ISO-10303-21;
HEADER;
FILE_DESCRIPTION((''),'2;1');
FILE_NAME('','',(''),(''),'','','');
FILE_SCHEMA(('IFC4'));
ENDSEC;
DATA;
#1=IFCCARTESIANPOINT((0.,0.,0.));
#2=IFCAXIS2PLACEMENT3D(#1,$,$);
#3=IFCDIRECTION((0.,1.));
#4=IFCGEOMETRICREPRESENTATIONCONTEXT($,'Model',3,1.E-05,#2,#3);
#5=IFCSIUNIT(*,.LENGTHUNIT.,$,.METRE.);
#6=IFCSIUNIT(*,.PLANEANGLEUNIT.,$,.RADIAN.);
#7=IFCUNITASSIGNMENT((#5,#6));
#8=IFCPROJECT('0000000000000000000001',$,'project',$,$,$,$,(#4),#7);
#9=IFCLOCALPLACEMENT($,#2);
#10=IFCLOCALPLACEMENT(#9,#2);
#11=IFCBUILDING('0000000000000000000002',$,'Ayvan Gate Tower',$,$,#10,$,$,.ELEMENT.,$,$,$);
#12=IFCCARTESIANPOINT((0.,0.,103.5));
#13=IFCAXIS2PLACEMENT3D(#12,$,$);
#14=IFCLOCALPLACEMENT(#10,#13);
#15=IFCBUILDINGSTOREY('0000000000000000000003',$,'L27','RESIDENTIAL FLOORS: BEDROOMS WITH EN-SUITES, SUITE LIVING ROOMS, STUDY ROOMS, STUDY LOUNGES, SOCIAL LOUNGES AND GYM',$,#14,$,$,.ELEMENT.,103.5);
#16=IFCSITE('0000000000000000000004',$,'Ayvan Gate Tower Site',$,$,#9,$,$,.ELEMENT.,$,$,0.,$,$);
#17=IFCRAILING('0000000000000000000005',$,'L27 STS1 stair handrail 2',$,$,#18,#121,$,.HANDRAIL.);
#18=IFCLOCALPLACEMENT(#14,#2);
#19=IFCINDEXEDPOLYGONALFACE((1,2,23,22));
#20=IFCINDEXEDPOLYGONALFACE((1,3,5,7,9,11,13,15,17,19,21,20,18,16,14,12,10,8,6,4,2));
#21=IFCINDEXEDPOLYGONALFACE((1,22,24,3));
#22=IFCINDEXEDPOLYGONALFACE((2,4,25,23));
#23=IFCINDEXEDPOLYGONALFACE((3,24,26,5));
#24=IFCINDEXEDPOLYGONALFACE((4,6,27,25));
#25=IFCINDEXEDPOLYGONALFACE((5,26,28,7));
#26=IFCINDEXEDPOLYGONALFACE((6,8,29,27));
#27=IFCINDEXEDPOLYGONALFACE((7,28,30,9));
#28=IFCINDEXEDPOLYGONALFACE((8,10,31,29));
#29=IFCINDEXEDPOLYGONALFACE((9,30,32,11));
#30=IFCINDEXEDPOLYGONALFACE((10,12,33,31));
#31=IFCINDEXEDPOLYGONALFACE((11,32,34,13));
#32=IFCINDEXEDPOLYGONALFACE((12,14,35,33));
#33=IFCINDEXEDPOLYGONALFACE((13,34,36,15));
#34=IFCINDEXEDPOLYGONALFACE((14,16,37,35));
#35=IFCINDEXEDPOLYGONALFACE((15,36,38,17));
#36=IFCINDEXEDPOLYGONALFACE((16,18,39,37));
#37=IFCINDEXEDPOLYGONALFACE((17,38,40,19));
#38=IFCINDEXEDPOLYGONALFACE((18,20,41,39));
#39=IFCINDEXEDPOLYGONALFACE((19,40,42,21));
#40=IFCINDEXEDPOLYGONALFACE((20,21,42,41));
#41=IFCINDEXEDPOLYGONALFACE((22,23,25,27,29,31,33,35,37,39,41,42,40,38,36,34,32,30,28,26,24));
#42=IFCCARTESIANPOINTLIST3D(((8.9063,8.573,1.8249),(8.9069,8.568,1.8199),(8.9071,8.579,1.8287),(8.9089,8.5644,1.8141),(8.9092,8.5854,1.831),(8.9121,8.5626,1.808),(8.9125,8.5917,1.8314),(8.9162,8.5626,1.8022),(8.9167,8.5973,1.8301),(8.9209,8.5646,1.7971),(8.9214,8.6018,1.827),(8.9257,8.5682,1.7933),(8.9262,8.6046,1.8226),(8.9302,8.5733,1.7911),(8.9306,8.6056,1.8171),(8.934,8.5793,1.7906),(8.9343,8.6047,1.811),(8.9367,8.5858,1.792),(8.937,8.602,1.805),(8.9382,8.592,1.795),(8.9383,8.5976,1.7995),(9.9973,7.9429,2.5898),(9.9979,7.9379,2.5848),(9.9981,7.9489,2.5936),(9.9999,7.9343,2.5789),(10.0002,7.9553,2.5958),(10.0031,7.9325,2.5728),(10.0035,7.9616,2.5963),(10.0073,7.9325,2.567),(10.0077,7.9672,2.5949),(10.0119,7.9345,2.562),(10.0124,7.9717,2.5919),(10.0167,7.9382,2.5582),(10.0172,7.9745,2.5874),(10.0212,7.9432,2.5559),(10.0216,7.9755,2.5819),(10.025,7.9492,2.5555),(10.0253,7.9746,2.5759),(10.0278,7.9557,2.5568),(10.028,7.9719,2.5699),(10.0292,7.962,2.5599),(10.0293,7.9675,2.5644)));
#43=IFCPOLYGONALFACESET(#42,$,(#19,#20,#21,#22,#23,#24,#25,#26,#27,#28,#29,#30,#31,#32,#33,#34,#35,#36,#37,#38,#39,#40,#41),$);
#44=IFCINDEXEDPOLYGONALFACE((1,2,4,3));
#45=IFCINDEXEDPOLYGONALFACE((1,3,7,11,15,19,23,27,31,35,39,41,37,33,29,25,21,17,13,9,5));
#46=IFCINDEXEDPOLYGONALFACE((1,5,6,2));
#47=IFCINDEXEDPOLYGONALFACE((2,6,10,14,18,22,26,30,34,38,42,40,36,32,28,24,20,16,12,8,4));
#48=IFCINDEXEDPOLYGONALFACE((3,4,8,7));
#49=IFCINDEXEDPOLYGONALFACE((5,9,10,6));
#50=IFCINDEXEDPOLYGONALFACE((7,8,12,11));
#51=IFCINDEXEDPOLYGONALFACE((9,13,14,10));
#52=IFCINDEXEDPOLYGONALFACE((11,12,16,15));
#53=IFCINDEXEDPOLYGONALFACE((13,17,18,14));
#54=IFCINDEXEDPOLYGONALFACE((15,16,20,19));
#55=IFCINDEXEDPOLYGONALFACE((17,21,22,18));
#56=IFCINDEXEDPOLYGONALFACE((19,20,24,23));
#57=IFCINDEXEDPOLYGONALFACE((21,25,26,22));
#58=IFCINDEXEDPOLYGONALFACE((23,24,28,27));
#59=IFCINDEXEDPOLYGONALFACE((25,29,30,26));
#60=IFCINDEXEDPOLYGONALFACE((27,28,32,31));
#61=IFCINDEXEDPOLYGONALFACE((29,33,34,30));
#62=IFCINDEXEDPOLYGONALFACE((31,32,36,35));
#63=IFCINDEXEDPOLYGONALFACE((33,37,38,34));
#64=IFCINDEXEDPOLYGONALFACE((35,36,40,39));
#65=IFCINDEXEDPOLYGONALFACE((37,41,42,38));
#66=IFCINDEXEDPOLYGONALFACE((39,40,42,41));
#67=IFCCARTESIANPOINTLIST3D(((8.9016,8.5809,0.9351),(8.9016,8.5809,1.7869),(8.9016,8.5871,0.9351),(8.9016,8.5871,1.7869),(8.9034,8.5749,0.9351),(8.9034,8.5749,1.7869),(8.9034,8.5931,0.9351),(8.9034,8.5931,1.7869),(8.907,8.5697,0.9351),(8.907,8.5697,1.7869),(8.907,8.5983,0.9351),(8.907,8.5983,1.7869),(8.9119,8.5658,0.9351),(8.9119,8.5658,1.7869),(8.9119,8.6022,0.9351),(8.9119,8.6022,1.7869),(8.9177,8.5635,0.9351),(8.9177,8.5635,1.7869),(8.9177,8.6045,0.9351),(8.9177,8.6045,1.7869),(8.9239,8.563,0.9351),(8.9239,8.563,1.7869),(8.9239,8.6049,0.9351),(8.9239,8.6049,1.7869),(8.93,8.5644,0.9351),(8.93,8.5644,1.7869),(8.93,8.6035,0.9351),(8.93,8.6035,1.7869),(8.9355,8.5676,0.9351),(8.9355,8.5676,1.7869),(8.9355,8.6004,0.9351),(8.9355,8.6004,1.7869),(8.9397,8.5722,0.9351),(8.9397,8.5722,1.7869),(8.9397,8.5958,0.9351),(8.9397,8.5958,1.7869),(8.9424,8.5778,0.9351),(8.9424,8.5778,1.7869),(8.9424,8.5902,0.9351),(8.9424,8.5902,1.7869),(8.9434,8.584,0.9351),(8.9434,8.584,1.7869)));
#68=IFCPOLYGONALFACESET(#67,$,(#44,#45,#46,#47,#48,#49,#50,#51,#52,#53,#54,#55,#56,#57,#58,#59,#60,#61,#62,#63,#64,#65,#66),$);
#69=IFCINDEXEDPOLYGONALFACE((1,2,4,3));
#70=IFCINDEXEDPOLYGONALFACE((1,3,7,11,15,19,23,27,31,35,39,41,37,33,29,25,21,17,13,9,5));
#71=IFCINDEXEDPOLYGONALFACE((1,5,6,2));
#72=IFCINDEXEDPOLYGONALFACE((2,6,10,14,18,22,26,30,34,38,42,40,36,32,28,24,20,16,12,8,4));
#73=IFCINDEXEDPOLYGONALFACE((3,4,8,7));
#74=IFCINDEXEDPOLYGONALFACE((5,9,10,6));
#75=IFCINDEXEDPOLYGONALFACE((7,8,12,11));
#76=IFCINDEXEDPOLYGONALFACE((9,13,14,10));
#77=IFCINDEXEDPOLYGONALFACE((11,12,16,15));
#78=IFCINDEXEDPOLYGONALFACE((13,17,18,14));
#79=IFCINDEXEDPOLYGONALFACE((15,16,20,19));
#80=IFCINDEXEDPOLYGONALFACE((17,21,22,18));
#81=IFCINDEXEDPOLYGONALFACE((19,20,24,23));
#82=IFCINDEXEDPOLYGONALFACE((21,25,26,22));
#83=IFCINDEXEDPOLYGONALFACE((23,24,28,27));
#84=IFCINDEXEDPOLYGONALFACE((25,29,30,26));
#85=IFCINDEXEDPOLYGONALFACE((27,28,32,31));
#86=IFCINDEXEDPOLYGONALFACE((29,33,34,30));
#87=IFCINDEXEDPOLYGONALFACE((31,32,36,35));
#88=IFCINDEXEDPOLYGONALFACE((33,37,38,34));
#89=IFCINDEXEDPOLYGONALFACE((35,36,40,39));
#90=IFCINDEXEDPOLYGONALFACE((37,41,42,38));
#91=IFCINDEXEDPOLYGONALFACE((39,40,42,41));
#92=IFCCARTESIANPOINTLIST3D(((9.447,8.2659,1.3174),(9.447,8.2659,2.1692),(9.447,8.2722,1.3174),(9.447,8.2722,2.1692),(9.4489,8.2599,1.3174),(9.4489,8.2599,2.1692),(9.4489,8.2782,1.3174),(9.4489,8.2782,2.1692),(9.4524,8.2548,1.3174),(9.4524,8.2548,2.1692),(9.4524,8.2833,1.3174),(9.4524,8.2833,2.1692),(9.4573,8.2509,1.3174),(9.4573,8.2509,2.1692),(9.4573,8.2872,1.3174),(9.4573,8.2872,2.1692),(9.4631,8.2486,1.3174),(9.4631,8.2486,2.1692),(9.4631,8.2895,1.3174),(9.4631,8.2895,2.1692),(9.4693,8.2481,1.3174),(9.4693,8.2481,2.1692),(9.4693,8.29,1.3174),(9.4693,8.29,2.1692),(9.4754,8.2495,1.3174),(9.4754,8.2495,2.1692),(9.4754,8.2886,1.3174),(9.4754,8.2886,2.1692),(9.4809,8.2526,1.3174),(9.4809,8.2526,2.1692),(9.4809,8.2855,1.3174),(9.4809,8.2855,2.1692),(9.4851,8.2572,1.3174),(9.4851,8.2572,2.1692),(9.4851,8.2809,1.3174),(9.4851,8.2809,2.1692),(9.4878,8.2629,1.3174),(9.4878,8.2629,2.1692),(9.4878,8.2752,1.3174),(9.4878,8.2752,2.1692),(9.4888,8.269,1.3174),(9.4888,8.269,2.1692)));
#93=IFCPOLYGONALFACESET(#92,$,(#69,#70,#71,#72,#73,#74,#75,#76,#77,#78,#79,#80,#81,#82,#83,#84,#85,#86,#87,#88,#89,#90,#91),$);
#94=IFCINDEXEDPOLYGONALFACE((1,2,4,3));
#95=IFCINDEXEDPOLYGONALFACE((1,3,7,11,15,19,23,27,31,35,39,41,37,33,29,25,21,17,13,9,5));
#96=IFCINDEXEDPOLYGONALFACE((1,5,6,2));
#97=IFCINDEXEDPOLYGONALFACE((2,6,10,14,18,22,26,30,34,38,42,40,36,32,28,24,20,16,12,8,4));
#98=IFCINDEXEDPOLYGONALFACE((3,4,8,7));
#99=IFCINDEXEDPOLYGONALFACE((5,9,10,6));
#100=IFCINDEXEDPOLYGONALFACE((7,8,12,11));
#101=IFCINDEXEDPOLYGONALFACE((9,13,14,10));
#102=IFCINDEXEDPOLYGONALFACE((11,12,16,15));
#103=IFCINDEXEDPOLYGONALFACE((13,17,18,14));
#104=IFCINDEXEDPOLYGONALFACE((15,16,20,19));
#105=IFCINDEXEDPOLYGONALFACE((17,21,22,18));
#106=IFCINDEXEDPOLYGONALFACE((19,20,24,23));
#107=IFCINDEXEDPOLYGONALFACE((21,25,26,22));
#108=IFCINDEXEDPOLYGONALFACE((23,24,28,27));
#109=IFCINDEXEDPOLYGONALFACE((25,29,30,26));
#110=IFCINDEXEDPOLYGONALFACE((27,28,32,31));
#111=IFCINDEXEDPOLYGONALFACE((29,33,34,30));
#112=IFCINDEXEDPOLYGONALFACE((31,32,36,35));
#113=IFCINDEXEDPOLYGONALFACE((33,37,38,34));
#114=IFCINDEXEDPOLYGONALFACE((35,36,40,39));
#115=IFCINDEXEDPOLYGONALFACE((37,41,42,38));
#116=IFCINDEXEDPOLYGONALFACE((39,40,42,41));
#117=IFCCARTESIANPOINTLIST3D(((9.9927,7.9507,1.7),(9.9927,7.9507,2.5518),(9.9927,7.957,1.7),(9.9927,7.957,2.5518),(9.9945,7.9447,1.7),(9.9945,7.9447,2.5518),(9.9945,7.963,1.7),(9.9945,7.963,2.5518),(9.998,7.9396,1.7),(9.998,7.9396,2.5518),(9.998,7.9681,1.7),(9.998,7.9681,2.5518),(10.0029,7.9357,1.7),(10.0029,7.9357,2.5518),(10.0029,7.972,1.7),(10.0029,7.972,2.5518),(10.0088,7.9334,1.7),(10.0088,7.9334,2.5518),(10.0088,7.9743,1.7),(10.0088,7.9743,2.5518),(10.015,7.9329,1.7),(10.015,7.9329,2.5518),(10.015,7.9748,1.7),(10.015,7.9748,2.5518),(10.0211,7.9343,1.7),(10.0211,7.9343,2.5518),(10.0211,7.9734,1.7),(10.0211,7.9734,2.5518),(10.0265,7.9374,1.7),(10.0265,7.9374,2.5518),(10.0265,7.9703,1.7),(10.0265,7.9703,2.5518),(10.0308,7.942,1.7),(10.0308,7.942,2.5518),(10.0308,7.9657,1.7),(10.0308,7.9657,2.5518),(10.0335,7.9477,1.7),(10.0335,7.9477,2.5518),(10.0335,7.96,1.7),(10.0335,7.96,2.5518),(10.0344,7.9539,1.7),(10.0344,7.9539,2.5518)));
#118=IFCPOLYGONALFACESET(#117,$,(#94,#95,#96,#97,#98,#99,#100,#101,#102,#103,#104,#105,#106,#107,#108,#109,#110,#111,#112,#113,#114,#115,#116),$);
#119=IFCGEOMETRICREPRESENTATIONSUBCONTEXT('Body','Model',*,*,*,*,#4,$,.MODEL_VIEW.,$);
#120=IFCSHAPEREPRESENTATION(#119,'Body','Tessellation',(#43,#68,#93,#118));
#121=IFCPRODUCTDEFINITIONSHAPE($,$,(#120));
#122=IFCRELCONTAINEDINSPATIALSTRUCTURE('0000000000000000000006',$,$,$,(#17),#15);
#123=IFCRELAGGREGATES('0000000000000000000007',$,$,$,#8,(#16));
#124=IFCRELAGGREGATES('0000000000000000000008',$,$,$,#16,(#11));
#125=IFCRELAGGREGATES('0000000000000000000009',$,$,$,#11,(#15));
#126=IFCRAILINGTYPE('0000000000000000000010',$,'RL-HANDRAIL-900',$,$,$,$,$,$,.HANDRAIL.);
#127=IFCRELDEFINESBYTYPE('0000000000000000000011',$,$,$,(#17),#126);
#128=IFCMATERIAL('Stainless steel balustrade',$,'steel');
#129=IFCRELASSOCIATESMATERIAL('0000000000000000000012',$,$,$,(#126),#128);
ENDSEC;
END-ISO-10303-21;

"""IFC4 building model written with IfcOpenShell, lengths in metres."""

from ifc_helpers import new_model, si_unit, direction, frame, origin, origin_2d, place, context, subcontext, project, spatial, circle, extrude, material, type_object, element, save


model = new_model("IFC4")

# Units and contexts
model_context = context("Model", 3, precision=1e-05, world=origin(), true_north=direction((0.0, 1.0)))
body_context = subcontext(model_context, "Body", "Model", "MODEL_VIEW")
ifc_project = project(units=[si_unit("LENGTHUNIT", "METRE"), si_unit("PLANEANGLEUNIT", "RADIAN")], contexts=[model_context])

# Site, building, storey
site_placement = place(None, origin())
site = spatial("IfcSite", under=ifc_project, at=site_placement, Name="Ayvan Gate Tower Site", CompositionType="ELEMENT", RefElevation=0.0)
building_placement = place(site_placement, origin())
building = spatial("IfcBuilding", under=site, at=building_placement, Name="Ayvan Gate Tower", CompositionType="ELEMENT")
storey_placement = place(building_placement, frame((0.0, 0.0, 103.5)))
storey = spatial("IfcBuildingStorey", under=building, at=storey_placement, Name="L27", Description="RESIDENTIAL FLOORS: BEDROOMS WITH EN-SUITES, SUITE LIVING ROOMS, STUDY ROOMS, STUDY LOUNGES, SOCIAL LOUNGES AND GYM", CompositionType="ELEMENT", Elevation=103.5)

# Railing
ifc_material_1 = material(Name="Stainless steel balustrade", Category="steel")
railing_type_1 = type_object("IfcRailingType", Name="RL-HANDRAIL-900", PredefinedType="HANDRAIL", material=ifc_material_1)
railing_1_placement = place(storey_placement, frame((8.9224, 8.584, 0.9351)))
element("IfcRailing", 1, at=railing_1_placement, inside=storey, type_object=railing_type_1, Name="L27 STS1 stair handrail 2", PredefinedType="HANDRAIL", context=body_context, shape_type="SweptSolid", body=[
    extrude(circle(Radius=0.0239, at=origin_2d()), frame((0.0, 0.0, 0.876), z_axis=(0.740229, -0.427508, 0.518939), x_axis=(0.500119, 0.865956, 0.0)), (0.0, 0.0, 1.0), 1.4739),
    extrude(circle(Radius=0.021, at=origin_2d()), origin(), (0.0, 0.0, 1.0), 0.8518),
    extrude(circle(Radius=0.021, at=origin_2d()), frame((0.5454, -0.3149, 0.3823)), (0.0, 0.0, 1.0), 0.8518),
    extrude(circle(Radius=0.021, at=origin_2d()), frame((1.0911, -0.6301, 0.7649)), (0.0, 0.0, 1.0), 0.8518),
])

save(model, "model.ifc")
